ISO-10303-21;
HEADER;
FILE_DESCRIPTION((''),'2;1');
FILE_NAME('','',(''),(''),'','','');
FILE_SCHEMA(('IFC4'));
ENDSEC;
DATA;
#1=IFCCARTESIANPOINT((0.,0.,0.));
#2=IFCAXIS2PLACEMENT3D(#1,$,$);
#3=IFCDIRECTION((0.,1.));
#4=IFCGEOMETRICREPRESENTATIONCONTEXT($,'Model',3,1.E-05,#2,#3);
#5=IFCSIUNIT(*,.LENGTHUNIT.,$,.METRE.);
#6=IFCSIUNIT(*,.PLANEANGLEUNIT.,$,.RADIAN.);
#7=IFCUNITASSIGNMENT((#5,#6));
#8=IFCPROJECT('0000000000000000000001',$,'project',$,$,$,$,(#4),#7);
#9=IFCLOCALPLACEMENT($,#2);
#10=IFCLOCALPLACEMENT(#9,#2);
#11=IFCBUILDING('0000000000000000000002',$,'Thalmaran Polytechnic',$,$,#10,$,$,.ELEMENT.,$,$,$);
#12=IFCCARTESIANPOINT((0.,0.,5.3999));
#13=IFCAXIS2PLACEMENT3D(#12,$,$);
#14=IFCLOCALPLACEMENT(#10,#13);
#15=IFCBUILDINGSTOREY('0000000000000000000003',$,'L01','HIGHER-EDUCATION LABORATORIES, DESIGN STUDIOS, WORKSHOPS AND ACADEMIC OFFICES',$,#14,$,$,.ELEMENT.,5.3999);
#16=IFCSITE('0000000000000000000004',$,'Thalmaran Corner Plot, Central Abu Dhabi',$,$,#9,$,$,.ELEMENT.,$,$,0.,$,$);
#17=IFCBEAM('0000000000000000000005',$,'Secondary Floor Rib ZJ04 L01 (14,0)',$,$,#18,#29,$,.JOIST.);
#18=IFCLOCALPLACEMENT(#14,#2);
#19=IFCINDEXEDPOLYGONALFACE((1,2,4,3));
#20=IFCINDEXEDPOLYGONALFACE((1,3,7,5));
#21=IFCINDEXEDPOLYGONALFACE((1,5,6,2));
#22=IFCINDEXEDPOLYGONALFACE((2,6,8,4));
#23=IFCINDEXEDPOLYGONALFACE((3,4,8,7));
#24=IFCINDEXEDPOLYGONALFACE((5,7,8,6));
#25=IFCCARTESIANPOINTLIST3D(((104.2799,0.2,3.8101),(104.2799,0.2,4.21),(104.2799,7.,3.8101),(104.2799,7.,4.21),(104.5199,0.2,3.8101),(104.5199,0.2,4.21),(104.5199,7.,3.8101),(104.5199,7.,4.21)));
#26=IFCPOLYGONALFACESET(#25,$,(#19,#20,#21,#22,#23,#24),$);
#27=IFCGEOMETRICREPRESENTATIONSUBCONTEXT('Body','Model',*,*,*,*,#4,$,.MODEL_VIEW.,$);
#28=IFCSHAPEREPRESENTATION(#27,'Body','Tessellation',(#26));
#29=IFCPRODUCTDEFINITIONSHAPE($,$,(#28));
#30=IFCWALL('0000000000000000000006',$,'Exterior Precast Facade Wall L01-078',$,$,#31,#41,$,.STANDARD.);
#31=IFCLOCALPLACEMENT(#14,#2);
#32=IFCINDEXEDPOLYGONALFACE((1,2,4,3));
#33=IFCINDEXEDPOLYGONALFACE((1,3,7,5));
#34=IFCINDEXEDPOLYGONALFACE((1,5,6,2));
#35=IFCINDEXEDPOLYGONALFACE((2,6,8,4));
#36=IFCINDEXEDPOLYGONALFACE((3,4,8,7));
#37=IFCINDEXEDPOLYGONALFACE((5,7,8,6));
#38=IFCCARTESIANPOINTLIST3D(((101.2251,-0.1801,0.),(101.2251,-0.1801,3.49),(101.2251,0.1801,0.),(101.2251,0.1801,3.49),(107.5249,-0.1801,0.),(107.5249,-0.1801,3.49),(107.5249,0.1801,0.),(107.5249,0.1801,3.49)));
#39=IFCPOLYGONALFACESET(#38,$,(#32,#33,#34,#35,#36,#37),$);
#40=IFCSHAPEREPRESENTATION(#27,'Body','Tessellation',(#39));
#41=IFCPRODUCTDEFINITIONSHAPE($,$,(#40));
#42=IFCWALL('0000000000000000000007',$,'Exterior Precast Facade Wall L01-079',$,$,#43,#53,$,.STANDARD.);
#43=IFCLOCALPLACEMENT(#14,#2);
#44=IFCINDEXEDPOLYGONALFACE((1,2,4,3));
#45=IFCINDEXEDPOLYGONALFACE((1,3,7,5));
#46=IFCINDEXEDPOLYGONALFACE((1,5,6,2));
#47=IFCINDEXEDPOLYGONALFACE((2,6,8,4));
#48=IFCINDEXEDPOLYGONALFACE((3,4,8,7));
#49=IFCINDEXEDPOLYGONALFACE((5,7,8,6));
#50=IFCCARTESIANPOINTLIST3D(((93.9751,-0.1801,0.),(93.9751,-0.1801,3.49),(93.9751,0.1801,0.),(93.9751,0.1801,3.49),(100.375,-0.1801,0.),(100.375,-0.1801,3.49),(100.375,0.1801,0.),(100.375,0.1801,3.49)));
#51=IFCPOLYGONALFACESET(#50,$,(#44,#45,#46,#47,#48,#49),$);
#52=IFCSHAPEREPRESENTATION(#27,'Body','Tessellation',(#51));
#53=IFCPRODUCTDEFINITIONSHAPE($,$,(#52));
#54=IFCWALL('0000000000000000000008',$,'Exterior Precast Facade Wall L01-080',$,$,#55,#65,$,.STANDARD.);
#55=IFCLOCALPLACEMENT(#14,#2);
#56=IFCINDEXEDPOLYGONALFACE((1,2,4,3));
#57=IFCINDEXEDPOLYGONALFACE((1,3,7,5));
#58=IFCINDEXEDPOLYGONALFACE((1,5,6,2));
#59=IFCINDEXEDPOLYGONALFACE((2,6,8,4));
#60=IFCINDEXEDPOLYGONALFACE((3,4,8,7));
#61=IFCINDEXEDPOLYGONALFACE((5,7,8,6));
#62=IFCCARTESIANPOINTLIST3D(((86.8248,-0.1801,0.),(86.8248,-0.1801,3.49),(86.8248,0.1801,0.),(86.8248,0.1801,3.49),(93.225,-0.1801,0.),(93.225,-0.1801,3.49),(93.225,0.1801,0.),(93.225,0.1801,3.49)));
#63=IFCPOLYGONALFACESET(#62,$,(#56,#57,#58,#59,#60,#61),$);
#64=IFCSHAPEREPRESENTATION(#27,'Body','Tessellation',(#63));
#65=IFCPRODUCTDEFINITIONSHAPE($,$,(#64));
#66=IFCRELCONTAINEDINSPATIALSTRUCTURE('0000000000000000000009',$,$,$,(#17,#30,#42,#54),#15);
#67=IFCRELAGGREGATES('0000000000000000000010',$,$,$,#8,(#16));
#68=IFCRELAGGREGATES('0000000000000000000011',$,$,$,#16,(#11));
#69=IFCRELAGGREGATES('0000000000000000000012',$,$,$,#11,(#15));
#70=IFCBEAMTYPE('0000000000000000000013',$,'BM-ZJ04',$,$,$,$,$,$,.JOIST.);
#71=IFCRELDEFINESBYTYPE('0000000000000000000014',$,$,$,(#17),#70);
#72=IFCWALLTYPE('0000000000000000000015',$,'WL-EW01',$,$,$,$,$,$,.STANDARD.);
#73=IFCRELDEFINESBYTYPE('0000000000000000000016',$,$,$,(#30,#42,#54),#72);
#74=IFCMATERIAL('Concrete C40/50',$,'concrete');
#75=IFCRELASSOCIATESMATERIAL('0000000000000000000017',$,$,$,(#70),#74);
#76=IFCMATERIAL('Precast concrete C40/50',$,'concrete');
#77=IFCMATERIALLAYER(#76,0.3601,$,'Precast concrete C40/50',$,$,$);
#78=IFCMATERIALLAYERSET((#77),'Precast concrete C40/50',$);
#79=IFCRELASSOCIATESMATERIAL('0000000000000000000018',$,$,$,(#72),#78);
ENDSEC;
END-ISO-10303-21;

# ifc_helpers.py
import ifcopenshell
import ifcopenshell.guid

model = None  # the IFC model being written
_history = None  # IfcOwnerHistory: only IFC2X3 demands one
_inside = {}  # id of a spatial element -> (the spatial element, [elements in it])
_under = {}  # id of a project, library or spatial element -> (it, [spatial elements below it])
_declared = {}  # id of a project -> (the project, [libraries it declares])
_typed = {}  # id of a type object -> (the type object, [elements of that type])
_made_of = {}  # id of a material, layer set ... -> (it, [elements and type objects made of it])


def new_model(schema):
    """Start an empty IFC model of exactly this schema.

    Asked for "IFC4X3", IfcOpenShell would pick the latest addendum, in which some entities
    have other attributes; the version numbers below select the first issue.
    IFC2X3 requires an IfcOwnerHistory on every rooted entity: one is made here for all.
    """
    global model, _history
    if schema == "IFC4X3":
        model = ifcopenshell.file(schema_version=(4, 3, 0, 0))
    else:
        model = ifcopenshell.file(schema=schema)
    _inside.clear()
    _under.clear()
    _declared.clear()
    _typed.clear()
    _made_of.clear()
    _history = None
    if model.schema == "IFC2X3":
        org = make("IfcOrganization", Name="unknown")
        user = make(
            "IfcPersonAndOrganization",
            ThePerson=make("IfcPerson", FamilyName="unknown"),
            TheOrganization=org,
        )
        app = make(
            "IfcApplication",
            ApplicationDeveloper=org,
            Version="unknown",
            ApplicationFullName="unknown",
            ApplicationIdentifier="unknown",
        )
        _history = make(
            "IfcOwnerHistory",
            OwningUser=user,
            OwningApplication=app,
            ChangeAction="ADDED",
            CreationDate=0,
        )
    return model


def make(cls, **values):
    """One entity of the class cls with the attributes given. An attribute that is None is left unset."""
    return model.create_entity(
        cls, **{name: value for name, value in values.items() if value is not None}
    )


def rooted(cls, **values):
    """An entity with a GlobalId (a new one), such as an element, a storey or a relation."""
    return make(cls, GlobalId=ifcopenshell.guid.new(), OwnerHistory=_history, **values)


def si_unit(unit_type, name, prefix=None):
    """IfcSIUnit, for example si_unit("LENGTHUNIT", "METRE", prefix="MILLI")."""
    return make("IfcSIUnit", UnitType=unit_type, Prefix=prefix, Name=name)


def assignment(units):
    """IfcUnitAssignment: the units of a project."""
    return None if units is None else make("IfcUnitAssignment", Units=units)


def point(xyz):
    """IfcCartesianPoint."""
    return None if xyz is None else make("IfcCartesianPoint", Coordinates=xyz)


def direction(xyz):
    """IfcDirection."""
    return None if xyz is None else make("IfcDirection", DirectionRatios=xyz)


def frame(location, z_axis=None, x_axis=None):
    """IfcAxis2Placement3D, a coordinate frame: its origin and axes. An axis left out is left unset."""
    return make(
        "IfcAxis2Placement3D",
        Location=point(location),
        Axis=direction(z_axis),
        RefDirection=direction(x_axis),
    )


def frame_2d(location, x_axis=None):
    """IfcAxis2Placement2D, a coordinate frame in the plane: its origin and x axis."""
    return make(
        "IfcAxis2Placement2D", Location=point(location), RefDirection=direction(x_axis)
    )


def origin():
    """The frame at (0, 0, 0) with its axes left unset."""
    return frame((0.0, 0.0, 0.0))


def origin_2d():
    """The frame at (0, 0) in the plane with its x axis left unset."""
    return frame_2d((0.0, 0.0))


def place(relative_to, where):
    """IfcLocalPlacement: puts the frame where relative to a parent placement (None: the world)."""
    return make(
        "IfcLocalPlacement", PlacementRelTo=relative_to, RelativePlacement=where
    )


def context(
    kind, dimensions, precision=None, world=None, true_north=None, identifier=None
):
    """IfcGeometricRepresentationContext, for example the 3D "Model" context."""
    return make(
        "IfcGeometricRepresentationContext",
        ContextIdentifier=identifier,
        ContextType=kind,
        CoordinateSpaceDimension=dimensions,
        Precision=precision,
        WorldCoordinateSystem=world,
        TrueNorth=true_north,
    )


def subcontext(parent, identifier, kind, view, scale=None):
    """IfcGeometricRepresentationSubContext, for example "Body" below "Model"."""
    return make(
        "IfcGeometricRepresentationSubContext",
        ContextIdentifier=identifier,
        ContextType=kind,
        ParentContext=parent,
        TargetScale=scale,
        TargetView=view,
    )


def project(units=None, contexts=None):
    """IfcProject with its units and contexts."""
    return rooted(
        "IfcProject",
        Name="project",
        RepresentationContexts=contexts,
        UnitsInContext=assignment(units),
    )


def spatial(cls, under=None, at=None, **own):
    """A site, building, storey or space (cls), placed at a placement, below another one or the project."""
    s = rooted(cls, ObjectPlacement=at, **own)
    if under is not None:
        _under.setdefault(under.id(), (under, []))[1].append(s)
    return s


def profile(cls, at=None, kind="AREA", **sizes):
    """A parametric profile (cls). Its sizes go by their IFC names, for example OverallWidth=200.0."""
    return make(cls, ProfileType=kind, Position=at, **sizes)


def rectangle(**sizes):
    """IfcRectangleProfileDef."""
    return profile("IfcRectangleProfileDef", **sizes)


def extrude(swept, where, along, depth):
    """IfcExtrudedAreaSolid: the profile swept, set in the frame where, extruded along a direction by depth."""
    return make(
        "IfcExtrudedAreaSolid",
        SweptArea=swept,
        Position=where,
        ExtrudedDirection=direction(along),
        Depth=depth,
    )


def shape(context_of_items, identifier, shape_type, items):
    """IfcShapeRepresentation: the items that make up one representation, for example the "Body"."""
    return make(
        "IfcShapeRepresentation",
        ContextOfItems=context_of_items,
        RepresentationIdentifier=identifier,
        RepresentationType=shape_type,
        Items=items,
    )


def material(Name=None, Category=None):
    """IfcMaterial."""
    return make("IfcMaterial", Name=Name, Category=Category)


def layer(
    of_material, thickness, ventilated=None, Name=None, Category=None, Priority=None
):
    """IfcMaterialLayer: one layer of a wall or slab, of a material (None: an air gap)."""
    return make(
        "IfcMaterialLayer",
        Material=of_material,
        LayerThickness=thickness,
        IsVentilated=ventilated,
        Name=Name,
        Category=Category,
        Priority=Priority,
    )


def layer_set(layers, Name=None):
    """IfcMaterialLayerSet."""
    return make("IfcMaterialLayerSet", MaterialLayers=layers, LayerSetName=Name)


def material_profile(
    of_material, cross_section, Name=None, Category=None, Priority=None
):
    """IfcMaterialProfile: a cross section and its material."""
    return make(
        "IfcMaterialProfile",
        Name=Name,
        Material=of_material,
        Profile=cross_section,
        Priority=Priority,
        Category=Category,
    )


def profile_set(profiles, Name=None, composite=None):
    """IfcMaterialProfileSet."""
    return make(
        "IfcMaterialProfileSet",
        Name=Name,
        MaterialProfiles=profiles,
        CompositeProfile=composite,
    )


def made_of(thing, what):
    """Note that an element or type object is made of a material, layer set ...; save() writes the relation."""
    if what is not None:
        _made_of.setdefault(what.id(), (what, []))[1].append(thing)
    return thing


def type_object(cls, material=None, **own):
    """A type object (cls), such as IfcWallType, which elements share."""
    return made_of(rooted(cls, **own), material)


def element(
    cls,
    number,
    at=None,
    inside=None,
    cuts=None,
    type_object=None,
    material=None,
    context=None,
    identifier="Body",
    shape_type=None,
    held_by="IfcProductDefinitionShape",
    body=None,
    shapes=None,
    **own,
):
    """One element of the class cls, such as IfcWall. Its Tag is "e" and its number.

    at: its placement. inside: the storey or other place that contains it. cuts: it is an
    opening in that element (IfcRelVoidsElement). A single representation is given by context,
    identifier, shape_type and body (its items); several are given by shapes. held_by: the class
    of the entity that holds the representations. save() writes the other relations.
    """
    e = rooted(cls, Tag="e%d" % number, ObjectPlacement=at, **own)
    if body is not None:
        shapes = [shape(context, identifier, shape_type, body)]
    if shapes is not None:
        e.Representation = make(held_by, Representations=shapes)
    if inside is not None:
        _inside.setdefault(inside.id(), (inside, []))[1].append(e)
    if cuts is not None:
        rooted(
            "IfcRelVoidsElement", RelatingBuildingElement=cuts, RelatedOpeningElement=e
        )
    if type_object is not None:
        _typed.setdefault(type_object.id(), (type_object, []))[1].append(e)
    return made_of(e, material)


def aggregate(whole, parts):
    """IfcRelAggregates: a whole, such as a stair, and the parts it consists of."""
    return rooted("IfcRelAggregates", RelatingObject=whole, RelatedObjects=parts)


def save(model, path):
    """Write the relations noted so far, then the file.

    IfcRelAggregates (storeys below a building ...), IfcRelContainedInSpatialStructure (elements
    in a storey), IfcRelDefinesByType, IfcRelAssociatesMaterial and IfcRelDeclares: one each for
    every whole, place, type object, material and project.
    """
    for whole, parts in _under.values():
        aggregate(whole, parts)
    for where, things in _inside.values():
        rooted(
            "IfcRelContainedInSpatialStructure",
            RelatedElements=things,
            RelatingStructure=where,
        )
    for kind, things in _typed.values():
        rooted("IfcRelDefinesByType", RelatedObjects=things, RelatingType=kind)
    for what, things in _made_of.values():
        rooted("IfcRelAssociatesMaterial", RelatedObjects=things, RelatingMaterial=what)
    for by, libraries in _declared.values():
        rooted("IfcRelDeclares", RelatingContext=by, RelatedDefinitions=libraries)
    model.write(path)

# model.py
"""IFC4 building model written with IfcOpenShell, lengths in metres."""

from ifc_helpers import new_model, si_unit, direction, frame, frame_2d, origin, origin_2d, place, context, subcontext, project, spatial, rectangle, extrude, material, layer, layer_set, material_profile, profile_set, type_object, element, save


model = new_model("IFC4")

# Units and contexts
model_context = context("Model", 3, precision=1e-05, world=origin(), true_north=direction((0.0, 1.0)))
body_context = subcontext(model_context, "Body", "Model", "MODEL_VIEW")
ifc_project = project(units=[si_unit("LENGTHUNIT", "METRE"), si_unit("PLANEANGLEUNIT", "RADIAN")], contexts=[model_context])

# Site, building, storey
site_placement = place(None, origin())
site = spatial("IfcSite", under=ifc_project, at=site_placement, Name="Thalmaran Corner Plot, Central Abu Dhabi", CompositionType="ELEMENT", RefElevation=0.0)
building_placement = place(site_placement, origin())
building = spatial("IfcBuilding", under=site, at=building_placement, Name="Thalmaran Polytechnic", CompositionType="ELEMENT")
storey_placement = place(building_placement, frame((0.0, 0.0, 5.3999)))
storey = spatial("IfcBuildingStorey", under=building, at=storey_placement, Name="L01", Description="HIGHER-EDUCATION LABORATORIES, DESIGN STUDIOS, WORKSHOPS AND ACADEMIC OFFICES", CompositionType="ELEMENT", Elevation=5.3999)

# Beam
ifc_material_1 = material(Name="Concrete C40/50", Category="concrete")
ifc_material_profile_1 = material_profile(ifc_material_1, rectangle(XDim=0.24, YDim=0.3999, at=origin_2d()), Name="RC 240x400")
ifc_profile_set_1 = profile_set([ifc_material_profile_1], Name="Concrete C40/50")
beam_type_1 = type_object("IfcBeamType", Name="BM-ZJ04", PredefinedType="JOIST", material=ifc_profile_set_1)
beam_1_placement = place(storey_placement, frame((104.3999, 0.2, 4.01), z_axis=(0.0, 1.0, 0.0), x_axis=(-1.0, 0.0, 0.0)))
element("IfcBeam", 1, at=beam_1_placement, inside=storey, type_object=beam_type_1, Name="Secondary Floor Rib ZJ04 L01 (14,0)", PredefinedType="JOIST", context=body_context, shape_type="SweptSolid", body=[
    extrude(rectangle(XDim=0.24, YDim=0.3999, at=origin_2d()), origin(), (0.0, 0.0, 1.0), 6.8),
])

# Walls
ifc_material_2 = material(Name="Precast concrete C40/50", Category="concrete")
ifc_layer = layer(ifc_material_2, 0.3601, Name="Precast concrete C40/50")
ifc_layer_set = layer_set([ifc_layer], Name="Precast concrete C40/50")
wall_type = type_object("IfcWallType", Name="WL-EW01", PredefinedType="STANDARD", material=ifc_layer_set)
wall_1_placement = place(storey_placement, frame((107.5249, 0.0, 0.0), z_axis=(0.0, 0.0, 1.0), x_axis=(-1.0, 0.0, 0.0)))
element("IfcWall", 2, at=wall_1_placement, inside=storey, type_object=wall_type, Name="Exterior Precast Facade Wall L01-078", PredefinedType="STANDARD", context=body_context, shape_type="SweptSolid", body=[
    extrude(rectangle(XDim=6.2998, YDim=0.3601, at=frame_2d((3.1499, 0.0))), origin(), (0.0, 0.0, 1.0), 3.49),
])
wall_2_placement = place(storey_placement, frame((100.375, 0.0, 0.0), z_axis=(0.0, 0.0, 1.0), x_axis=(-1.0, 0.0, 0.0)))
element("IfcWall", 3, at=wall_2_placement, inside=storey, type_object=wall_type, Name="Exterior Precast Facade Wall L01-079", PredefinedType="STANDARD", context=body_context, shape_type="SweptSolid", body=[
    extrude(rectangle(XDim=6.3999, YDim=0.3601, at=frame_2d((3.2, 0.0))), origin(), (0.0, 0.0, 1.0), 3.49),
])
wall_3_placement = place(storey_placement, frame((93.2251, 0.0, 0.0), z_axis=(0.0, 0.0, 1.0), x_axis=(-1.0, 0.0, 0.0)))
element("IfcWall", 4, at=wall_3_placement, inside=storey, type_object=wall_type, Name="Exterior Precast Facade Wall L01-080", PredefinedType="STANDARD", context=body_context, shape_type="SweptSolid", body=[
    extrude(rectangle(XDim=6.4001, YDim=0.3601, at=frame_2d((3.2002, 0.0))), origin(), (0.0, 0.0, 1.0), 3.49),
])

save(model, "model.ifc")
